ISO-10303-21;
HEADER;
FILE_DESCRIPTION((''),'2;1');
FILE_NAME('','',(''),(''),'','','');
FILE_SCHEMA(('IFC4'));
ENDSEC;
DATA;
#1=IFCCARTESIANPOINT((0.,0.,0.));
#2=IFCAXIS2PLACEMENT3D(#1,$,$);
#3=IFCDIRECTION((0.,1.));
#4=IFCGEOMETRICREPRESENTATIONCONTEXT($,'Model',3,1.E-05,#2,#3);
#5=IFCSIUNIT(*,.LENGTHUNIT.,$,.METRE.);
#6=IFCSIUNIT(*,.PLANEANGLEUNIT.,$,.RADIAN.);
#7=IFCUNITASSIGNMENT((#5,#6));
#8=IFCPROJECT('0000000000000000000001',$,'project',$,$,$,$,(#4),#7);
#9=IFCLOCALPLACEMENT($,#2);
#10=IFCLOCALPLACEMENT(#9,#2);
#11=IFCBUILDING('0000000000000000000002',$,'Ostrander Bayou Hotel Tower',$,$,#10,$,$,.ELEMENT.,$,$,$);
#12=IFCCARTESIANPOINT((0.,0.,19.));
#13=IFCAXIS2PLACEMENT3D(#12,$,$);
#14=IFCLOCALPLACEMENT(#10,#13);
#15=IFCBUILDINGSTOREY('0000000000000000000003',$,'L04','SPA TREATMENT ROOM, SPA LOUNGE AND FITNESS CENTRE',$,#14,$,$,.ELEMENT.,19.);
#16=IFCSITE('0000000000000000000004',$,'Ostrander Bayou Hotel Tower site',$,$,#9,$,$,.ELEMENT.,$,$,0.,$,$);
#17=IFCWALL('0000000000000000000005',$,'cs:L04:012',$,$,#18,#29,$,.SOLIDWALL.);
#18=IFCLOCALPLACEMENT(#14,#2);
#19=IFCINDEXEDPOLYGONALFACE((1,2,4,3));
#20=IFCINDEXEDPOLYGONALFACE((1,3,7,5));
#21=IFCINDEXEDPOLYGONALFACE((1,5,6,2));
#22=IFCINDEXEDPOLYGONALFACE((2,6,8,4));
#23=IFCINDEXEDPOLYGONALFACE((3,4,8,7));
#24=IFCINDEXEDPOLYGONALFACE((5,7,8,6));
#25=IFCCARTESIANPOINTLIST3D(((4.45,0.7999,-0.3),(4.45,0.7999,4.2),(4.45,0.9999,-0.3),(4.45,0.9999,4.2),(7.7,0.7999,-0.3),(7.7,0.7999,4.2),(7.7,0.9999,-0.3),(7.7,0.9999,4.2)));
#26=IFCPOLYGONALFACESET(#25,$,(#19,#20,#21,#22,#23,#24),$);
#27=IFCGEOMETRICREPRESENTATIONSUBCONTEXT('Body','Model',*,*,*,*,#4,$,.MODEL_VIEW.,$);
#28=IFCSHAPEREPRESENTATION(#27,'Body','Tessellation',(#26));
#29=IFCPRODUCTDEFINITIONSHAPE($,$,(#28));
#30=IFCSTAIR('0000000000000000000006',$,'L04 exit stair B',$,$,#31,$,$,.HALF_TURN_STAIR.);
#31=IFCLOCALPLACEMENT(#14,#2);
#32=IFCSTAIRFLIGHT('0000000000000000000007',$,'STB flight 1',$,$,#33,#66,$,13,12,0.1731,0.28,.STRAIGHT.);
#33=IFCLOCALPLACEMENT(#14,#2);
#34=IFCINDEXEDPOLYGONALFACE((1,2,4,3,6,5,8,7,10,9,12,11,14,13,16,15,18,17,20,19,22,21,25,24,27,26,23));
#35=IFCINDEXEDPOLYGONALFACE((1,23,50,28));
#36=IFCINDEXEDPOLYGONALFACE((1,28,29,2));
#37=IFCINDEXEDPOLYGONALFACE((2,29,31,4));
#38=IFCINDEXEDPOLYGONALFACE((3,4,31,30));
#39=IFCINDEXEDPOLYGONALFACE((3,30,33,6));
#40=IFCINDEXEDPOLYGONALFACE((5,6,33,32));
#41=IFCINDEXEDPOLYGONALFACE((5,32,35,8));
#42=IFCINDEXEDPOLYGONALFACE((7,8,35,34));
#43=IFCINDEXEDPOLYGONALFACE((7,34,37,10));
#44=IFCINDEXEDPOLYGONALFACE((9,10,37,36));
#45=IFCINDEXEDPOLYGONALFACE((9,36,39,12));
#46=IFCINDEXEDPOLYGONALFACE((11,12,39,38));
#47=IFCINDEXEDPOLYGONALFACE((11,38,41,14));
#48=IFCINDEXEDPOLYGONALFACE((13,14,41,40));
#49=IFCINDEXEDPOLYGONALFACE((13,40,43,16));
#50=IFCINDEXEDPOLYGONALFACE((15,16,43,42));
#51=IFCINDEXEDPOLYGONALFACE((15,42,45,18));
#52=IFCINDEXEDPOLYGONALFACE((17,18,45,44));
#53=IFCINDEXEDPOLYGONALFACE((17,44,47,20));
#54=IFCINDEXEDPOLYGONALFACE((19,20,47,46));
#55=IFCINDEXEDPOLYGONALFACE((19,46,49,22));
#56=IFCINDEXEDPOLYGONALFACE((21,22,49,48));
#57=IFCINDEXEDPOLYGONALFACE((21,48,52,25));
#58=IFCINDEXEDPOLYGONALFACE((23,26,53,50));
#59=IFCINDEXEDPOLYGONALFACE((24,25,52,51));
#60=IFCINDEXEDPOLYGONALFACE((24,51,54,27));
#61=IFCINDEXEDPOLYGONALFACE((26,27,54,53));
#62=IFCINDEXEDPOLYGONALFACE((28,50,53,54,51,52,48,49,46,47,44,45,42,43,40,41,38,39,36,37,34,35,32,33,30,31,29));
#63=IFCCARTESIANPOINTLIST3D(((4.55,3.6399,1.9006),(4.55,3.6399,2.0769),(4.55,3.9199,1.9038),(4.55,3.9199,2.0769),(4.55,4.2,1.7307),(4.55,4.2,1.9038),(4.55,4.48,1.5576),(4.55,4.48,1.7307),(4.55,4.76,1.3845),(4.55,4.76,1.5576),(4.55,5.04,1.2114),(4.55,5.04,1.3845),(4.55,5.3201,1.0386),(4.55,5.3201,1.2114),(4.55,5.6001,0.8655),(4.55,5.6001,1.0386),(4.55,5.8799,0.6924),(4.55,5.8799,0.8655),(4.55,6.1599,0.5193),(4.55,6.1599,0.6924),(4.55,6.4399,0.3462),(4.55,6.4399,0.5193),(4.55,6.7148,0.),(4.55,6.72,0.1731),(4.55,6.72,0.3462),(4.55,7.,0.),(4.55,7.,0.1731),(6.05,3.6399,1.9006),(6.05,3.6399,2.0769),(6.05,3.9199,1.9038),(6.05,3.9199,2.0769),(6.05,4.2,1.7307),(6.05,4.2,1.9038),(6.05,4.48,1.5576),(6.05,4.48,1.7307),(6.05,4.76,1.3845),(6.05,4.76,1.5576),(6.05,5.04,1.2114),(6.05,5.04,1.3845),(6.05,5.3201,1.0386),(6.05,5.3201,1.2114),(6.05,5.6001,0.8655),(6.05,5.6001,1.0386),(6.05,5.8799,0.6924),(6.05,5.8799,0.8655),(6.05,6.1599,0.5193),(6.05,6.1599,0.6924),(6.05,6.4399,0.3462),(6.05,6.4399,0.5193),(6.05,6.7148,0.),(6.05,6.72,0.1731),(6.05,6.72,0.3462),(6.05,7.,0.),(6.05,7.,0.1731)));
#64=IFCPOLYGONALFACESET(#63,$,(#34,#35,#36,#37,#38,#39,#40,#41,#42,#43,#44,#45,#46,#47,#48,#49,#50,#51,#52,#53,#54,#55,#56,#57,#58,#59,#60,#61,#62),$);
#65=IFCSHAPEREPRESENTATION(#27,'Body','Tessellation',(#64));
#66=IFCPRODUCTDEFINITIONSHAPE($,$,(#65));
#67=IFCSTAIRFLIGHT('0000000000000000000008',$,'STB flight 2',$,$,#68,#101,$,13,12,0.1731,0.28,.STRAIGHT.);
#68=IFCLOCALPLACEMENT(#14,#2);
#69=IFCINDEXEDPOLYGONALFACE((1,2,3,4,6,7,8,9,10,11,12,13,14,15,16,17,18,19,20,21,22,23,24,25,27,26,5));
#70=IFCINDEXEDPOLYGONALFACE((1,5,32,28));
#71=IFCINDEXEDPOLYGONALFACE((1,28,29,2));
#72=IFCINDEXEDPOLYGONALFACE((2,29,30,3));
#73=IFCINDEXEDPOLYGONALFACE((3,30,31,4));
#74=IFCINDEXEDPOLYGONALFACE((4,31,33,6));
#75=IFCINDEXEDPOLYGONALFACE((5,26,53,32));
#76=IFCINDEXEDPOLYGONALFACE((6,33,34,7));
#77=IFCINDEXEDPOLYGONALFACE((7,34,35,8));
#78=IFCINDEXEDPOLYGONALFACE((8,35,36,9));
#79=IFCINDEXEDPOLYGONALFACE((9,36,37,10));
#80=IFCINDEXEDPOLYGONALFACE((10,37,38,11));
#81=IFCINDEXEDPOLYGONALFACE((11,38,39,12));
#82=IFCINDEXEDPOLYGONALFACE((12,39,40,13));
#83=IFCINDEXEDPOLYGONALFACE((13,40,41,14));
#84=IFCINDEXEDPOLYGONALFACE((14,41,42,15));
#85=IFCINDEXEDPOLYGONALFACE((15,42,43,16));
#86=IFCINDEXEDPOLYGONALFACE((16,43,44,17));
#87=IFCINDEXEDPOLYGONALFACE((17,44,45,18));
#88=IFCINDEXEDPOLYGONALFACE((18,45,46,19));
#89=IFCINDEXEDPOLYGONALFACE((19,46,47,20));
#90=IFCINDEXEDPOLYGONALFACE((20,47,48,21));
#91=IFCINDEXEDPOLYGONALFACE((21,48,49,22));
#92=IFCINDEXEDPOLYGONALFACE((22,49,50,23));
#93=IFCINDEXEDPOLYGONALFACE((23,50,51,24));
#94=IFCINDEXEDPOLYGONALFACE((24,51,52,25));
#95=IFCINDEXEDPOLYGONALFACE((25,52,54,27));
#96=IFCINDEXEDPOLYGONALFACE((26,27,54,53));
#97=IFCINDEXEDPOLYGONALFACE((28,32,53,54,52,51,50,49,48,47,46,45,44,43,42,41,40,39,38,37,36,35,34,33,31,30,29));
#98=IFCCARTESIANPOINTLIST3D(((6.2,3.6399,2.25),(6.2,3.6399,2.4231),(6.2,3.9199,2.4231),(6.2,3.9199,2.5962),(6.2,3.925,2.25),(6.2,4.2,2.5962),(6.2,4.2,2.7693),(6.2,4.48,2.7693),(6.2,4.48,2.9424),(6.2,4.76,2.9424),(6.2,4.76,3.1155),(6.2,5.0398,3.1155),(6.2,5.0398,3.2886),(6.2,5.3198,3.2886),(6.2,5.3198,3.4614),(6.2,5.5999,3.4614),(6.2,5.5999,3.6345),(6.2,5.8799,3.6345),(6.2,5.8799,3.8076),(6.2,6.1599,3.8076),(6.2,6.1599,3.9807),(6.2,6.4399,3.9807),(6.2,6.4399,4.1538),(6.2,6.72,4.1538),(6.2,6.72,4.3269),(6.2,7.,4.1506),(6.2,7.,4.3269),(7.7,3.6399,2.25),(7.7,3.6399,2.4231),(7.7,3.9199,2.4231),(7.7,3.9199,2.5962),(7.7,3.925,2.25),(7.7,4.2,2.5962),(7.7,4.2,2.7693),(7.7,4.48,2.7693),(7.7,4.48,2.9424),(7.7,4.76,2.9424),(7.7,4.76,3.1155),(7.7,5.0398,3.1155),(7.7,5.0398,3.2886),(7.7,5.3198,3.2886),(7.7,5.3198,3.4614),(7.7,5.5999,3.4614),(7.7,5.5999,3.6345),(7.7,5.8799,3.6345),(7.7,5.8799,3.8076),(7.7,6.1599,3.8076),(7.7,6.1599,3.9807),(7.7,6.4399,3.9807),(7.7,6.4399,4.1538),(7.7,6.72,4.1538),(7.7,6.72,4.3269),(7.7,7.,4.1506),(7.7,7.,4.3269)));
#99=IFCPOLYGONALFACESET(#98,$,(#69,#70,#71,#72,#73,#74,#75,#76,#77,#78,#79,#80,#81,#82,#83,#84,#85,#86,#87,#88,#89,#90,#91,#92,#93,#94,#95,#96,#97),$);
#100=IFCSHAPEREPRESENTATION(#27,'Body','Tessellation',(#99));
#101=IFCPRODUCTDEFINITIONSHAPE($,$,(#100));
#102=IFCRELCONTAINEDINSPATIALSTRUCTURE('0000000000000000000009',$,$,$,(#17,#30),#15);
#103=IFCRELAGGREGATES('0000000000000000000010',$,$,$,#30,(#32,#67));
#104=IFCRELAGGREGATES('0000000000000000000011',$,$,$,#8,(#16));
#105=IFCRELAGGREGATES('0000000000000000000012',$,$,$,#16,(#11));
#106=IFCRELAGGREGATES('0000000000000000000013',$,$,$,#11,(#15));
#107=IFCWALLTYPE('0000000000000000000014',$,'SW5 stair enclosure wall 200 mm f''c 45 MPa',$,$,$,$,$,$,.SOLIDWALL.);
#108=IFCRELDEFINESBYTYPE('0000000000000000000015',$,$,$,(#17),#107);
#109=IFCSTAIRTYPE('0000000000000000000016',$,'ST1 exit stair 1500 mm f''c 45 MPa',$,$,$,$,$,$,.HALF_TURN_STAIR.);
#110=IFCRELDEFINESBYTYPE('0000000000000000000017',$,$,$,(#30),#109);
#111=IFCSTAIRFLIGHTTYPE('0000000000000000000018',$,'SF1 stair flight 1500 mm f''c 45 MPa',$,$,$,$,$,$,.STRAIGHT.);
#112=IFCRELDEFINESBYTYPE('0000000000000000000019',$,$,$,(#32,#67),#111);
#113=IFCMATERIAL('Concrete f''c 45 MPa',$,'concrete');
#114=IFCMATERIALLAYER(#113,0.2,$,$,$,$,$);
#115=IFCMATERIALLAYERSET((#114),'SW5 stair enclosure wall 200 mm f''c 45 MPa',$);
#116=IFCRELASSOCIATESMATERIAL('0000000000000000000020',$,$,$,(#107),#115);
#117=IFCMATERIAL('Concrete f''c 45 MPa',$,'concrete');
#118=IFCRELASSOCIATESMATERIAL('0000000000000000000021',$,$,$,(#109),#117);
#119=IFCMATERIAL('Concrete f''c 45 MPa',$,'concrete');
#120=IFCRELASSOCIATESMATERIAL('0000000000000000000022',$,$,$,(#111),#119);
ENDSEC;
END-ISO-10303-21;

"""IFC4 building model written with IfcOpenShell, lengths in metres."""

from ifc_helpers import new_model, si_unit, direction, frame, frame_2d, origin, place, context, subcontext, project, spatial, polyline, rectangle, outline, extrude, material, layer, layer_set, type_object, element, aggregate, save


model = new_model("IFC4")

# Units and contexts
model_context = context("Model", 3, precision=1e-05, world=origin(), true_north=direction((0.0, 1.0)))
body_context = subcontext(model_context, "Body", "Model", "MODEL_VIEW")
ifc_project = project(units=[si_unit("LENGTHUNIT", "METRE"), si_unit("PLANEANGLEUNIT", "RADIAN")], contexts=[model_context])

# Site, building, storey
site_placement = place(None, origin())
site = spatial("IfcSite", under=ifc_project, at=site_placement, Name="Ostrander Bayou Hotel Tower site", CompositionType="ELEMENT", RefElevation=0.0)
building_placement = place(site_placement, origin())
building = spatial("IfcBuilding", under=site, at=building_placement, Name="Ostrander Bayou Hotel Tower", CompositionType="ELEMENT")
storey_placement = place(building_placement, frame((0.0, 0.0, 19.0)))
storey = spatial("IfcBuildingStorey", under=building, at=storey_placement, Name="L04", Description="SPA TREATMENT ROOM, SPA LOUNGE AND FITNESS CENTRE", CompositionType="ELEMENT", Elevation=19.0)

# Wall
ifc_material_1 = material(Name="Concrete f'c 45 MPa", Category="concrete")
ifc_layer_1 = layer(ifc_material_1, 0.2)
ifc_layer_set_1 = layer_set([ifc_layer_1], Name="SW5 stair enclosure wall 200 mm f'c 45 MPa")
wall_type_1 = type_object("IfcWallType", Name="SW5 stair enclosure wall 200 mm f'c 45 MPa", PredefinedType="SOLIDWALL", material=ifc_layer_set_1)
wall_1_placement = place(storey_placement, frame((4.45, 0.8999, -0.3), z_axis=(0.0, 0.0, 1.0), x_axis=(1.0, 0.0, 0.0)))
element("IfcWall", 1, at=wall_1_placement, inside=storey, type_object=wall_type_1, Name="cs:L04:012", PredefinedType="SOLIDWALL", context=body_context, shape_type="SweptSolid", body=[
    extrude(rectangle(XDim=3.25, YDim=0.2, at=frame_2d((1.625, 0.0))), origin(), (0.0, 0.0, 1.0), 4.5),
])

# Stair, stair flights
ifc_material_2 = material(Name="Concrete f'c 45 MPa", Category="concrete")
stair_type = type_object("IfcStairType", Name="ST1 exit stair 1500 mm f'c 45 MPa", PredefinedType="HALF_TURN_STAIR", material=ifc_material_2)
stair_placement = place(storey_placement, origin())
stair = element("IfcStair", 2, at=stair_placement, inside=storey, type_object=stair_type, Name="L04 exit stair B", PredefinedType="HALF_TURN_STAIR")
ifc_material_3 = material(Name="Concrete f'c 45 MPa", Category="concrete")
stair_flight_type = type_object("IfcStairFlightType", Name="SF1 stair flight 1500 mm f'c 45 MPa", PredefinedType="STRAIGHT", material=ifc_material_3)
stair_flight_1_placement = place(storey_placement, frame((5.3, 7.0, 0.0), z_axis=(0.0, 0.0, 1.0), x_axis=(0.0, -1.0, 0.0)))
stair_flight_1 = element("IfcStairFlight", 3, at=stair_flight_1_placement, type_object=stair_flight_type, Name="STB flight 1", NumberOfRisers=13, NumberOfTreads=12, PredefinedType="STRAIGHT", RiserHeight=0.1731, TreadLength=0.28, context=body_context, shape_type="SweptSolid", body=[
    extrude(outline(polyline([(0.0, 0.0), (0.0, 0.1731), (0.28, 0.1731), (0.28, 0.3462), (0.5601, 0.3462), (0.5601, 0.5193), (0.8401, 0.5193), (0.8401, 0.6924), (1.1201, 0.6924), (1.1201, 0.8655), (1.3999, 0.8655), (1.3999, 1.0386), (1.6799, 1.0386), (1.6799, 1.2114), (1.96, 1.2114), (1.96, 1.3845), (2.24, 1.3845), (2.24, 1.5576), (2.52, 1.5576), (2.52, 1.7307), (2.8, 1.7307), (2.8, 1.9038), (3.0801, 1.9038), (3.0801, 2.0769), (3.3601, 2.0769), (3.3601, 2.25), (3.3601, 1.9006), (0.2852, 0.0), (0.0, 0.0)])), frame((0.0, 0.75, 0.0), z_axis=(0.0, -1.0, 0.0), x_axis=(1.0, 0.0, 0.0)), (0.0, 0.0, 1.0), 1.5),
])
stair_flight_2_placement = place(storey_placement, frame((6.95, 3.6399, 2.25), z_axis=(0.0, 0.0, 1.0), x_axis=(0.0, 1.0, 0.0)))
stair_flight_2 = element("IfcStairFlight", 4, at=stair_flight_2_placement, type_object=stair_flight_type, Name="STB flight 2", NumberOfRisers=13, NumberOfTreads=12, PredefinedType="STRAIGHT", RiserHeight=0.1731, TreadLength=0.28, context=body_context, shape_type="SweptSolid", body=[
    extrude(outline(polyline([(0.0, 0.0), (0.0, 0.1731), (0.28, 0.1731), (0.28, 0.3462), (0.5601, 0.3462), (0.5601, 0.5193), (0.8401, 0.5193), (0.8401, 0.6924), (1.1201, 0.6924), (1.1201, 0.8655), (1.3999, 0.8655), (1.3999, 1.0386), (1.6799, 1.0386), (1.6799, 1.2114), (1.96, 1.2114), (1.96, 1.3845), (2.24, 1.3845), (2.24, 1.5576), (2.52, 1.5576), (2.52, 1.7307), (2.8, 1.7307), (2.8, 1.9038), (3.0801, 1.9038), (3.0801, 2.0769), (3.3601, 2.0769), (3.3601, 2.25), (3.3601, 1.9006), (0.2852, 0.0), (0.0, 0.0)])), frame((0.0, 0.75, 0.0), z_axis=(0.0, -1.0, 0.0), x_axis=(1.0, 0.0, 0.0)), (0.0, 0.0, 1.0), 1.5),
])
aggregate(stair, [stair_flight_1, stair_flight_2])

save(model, "model.ifc")
